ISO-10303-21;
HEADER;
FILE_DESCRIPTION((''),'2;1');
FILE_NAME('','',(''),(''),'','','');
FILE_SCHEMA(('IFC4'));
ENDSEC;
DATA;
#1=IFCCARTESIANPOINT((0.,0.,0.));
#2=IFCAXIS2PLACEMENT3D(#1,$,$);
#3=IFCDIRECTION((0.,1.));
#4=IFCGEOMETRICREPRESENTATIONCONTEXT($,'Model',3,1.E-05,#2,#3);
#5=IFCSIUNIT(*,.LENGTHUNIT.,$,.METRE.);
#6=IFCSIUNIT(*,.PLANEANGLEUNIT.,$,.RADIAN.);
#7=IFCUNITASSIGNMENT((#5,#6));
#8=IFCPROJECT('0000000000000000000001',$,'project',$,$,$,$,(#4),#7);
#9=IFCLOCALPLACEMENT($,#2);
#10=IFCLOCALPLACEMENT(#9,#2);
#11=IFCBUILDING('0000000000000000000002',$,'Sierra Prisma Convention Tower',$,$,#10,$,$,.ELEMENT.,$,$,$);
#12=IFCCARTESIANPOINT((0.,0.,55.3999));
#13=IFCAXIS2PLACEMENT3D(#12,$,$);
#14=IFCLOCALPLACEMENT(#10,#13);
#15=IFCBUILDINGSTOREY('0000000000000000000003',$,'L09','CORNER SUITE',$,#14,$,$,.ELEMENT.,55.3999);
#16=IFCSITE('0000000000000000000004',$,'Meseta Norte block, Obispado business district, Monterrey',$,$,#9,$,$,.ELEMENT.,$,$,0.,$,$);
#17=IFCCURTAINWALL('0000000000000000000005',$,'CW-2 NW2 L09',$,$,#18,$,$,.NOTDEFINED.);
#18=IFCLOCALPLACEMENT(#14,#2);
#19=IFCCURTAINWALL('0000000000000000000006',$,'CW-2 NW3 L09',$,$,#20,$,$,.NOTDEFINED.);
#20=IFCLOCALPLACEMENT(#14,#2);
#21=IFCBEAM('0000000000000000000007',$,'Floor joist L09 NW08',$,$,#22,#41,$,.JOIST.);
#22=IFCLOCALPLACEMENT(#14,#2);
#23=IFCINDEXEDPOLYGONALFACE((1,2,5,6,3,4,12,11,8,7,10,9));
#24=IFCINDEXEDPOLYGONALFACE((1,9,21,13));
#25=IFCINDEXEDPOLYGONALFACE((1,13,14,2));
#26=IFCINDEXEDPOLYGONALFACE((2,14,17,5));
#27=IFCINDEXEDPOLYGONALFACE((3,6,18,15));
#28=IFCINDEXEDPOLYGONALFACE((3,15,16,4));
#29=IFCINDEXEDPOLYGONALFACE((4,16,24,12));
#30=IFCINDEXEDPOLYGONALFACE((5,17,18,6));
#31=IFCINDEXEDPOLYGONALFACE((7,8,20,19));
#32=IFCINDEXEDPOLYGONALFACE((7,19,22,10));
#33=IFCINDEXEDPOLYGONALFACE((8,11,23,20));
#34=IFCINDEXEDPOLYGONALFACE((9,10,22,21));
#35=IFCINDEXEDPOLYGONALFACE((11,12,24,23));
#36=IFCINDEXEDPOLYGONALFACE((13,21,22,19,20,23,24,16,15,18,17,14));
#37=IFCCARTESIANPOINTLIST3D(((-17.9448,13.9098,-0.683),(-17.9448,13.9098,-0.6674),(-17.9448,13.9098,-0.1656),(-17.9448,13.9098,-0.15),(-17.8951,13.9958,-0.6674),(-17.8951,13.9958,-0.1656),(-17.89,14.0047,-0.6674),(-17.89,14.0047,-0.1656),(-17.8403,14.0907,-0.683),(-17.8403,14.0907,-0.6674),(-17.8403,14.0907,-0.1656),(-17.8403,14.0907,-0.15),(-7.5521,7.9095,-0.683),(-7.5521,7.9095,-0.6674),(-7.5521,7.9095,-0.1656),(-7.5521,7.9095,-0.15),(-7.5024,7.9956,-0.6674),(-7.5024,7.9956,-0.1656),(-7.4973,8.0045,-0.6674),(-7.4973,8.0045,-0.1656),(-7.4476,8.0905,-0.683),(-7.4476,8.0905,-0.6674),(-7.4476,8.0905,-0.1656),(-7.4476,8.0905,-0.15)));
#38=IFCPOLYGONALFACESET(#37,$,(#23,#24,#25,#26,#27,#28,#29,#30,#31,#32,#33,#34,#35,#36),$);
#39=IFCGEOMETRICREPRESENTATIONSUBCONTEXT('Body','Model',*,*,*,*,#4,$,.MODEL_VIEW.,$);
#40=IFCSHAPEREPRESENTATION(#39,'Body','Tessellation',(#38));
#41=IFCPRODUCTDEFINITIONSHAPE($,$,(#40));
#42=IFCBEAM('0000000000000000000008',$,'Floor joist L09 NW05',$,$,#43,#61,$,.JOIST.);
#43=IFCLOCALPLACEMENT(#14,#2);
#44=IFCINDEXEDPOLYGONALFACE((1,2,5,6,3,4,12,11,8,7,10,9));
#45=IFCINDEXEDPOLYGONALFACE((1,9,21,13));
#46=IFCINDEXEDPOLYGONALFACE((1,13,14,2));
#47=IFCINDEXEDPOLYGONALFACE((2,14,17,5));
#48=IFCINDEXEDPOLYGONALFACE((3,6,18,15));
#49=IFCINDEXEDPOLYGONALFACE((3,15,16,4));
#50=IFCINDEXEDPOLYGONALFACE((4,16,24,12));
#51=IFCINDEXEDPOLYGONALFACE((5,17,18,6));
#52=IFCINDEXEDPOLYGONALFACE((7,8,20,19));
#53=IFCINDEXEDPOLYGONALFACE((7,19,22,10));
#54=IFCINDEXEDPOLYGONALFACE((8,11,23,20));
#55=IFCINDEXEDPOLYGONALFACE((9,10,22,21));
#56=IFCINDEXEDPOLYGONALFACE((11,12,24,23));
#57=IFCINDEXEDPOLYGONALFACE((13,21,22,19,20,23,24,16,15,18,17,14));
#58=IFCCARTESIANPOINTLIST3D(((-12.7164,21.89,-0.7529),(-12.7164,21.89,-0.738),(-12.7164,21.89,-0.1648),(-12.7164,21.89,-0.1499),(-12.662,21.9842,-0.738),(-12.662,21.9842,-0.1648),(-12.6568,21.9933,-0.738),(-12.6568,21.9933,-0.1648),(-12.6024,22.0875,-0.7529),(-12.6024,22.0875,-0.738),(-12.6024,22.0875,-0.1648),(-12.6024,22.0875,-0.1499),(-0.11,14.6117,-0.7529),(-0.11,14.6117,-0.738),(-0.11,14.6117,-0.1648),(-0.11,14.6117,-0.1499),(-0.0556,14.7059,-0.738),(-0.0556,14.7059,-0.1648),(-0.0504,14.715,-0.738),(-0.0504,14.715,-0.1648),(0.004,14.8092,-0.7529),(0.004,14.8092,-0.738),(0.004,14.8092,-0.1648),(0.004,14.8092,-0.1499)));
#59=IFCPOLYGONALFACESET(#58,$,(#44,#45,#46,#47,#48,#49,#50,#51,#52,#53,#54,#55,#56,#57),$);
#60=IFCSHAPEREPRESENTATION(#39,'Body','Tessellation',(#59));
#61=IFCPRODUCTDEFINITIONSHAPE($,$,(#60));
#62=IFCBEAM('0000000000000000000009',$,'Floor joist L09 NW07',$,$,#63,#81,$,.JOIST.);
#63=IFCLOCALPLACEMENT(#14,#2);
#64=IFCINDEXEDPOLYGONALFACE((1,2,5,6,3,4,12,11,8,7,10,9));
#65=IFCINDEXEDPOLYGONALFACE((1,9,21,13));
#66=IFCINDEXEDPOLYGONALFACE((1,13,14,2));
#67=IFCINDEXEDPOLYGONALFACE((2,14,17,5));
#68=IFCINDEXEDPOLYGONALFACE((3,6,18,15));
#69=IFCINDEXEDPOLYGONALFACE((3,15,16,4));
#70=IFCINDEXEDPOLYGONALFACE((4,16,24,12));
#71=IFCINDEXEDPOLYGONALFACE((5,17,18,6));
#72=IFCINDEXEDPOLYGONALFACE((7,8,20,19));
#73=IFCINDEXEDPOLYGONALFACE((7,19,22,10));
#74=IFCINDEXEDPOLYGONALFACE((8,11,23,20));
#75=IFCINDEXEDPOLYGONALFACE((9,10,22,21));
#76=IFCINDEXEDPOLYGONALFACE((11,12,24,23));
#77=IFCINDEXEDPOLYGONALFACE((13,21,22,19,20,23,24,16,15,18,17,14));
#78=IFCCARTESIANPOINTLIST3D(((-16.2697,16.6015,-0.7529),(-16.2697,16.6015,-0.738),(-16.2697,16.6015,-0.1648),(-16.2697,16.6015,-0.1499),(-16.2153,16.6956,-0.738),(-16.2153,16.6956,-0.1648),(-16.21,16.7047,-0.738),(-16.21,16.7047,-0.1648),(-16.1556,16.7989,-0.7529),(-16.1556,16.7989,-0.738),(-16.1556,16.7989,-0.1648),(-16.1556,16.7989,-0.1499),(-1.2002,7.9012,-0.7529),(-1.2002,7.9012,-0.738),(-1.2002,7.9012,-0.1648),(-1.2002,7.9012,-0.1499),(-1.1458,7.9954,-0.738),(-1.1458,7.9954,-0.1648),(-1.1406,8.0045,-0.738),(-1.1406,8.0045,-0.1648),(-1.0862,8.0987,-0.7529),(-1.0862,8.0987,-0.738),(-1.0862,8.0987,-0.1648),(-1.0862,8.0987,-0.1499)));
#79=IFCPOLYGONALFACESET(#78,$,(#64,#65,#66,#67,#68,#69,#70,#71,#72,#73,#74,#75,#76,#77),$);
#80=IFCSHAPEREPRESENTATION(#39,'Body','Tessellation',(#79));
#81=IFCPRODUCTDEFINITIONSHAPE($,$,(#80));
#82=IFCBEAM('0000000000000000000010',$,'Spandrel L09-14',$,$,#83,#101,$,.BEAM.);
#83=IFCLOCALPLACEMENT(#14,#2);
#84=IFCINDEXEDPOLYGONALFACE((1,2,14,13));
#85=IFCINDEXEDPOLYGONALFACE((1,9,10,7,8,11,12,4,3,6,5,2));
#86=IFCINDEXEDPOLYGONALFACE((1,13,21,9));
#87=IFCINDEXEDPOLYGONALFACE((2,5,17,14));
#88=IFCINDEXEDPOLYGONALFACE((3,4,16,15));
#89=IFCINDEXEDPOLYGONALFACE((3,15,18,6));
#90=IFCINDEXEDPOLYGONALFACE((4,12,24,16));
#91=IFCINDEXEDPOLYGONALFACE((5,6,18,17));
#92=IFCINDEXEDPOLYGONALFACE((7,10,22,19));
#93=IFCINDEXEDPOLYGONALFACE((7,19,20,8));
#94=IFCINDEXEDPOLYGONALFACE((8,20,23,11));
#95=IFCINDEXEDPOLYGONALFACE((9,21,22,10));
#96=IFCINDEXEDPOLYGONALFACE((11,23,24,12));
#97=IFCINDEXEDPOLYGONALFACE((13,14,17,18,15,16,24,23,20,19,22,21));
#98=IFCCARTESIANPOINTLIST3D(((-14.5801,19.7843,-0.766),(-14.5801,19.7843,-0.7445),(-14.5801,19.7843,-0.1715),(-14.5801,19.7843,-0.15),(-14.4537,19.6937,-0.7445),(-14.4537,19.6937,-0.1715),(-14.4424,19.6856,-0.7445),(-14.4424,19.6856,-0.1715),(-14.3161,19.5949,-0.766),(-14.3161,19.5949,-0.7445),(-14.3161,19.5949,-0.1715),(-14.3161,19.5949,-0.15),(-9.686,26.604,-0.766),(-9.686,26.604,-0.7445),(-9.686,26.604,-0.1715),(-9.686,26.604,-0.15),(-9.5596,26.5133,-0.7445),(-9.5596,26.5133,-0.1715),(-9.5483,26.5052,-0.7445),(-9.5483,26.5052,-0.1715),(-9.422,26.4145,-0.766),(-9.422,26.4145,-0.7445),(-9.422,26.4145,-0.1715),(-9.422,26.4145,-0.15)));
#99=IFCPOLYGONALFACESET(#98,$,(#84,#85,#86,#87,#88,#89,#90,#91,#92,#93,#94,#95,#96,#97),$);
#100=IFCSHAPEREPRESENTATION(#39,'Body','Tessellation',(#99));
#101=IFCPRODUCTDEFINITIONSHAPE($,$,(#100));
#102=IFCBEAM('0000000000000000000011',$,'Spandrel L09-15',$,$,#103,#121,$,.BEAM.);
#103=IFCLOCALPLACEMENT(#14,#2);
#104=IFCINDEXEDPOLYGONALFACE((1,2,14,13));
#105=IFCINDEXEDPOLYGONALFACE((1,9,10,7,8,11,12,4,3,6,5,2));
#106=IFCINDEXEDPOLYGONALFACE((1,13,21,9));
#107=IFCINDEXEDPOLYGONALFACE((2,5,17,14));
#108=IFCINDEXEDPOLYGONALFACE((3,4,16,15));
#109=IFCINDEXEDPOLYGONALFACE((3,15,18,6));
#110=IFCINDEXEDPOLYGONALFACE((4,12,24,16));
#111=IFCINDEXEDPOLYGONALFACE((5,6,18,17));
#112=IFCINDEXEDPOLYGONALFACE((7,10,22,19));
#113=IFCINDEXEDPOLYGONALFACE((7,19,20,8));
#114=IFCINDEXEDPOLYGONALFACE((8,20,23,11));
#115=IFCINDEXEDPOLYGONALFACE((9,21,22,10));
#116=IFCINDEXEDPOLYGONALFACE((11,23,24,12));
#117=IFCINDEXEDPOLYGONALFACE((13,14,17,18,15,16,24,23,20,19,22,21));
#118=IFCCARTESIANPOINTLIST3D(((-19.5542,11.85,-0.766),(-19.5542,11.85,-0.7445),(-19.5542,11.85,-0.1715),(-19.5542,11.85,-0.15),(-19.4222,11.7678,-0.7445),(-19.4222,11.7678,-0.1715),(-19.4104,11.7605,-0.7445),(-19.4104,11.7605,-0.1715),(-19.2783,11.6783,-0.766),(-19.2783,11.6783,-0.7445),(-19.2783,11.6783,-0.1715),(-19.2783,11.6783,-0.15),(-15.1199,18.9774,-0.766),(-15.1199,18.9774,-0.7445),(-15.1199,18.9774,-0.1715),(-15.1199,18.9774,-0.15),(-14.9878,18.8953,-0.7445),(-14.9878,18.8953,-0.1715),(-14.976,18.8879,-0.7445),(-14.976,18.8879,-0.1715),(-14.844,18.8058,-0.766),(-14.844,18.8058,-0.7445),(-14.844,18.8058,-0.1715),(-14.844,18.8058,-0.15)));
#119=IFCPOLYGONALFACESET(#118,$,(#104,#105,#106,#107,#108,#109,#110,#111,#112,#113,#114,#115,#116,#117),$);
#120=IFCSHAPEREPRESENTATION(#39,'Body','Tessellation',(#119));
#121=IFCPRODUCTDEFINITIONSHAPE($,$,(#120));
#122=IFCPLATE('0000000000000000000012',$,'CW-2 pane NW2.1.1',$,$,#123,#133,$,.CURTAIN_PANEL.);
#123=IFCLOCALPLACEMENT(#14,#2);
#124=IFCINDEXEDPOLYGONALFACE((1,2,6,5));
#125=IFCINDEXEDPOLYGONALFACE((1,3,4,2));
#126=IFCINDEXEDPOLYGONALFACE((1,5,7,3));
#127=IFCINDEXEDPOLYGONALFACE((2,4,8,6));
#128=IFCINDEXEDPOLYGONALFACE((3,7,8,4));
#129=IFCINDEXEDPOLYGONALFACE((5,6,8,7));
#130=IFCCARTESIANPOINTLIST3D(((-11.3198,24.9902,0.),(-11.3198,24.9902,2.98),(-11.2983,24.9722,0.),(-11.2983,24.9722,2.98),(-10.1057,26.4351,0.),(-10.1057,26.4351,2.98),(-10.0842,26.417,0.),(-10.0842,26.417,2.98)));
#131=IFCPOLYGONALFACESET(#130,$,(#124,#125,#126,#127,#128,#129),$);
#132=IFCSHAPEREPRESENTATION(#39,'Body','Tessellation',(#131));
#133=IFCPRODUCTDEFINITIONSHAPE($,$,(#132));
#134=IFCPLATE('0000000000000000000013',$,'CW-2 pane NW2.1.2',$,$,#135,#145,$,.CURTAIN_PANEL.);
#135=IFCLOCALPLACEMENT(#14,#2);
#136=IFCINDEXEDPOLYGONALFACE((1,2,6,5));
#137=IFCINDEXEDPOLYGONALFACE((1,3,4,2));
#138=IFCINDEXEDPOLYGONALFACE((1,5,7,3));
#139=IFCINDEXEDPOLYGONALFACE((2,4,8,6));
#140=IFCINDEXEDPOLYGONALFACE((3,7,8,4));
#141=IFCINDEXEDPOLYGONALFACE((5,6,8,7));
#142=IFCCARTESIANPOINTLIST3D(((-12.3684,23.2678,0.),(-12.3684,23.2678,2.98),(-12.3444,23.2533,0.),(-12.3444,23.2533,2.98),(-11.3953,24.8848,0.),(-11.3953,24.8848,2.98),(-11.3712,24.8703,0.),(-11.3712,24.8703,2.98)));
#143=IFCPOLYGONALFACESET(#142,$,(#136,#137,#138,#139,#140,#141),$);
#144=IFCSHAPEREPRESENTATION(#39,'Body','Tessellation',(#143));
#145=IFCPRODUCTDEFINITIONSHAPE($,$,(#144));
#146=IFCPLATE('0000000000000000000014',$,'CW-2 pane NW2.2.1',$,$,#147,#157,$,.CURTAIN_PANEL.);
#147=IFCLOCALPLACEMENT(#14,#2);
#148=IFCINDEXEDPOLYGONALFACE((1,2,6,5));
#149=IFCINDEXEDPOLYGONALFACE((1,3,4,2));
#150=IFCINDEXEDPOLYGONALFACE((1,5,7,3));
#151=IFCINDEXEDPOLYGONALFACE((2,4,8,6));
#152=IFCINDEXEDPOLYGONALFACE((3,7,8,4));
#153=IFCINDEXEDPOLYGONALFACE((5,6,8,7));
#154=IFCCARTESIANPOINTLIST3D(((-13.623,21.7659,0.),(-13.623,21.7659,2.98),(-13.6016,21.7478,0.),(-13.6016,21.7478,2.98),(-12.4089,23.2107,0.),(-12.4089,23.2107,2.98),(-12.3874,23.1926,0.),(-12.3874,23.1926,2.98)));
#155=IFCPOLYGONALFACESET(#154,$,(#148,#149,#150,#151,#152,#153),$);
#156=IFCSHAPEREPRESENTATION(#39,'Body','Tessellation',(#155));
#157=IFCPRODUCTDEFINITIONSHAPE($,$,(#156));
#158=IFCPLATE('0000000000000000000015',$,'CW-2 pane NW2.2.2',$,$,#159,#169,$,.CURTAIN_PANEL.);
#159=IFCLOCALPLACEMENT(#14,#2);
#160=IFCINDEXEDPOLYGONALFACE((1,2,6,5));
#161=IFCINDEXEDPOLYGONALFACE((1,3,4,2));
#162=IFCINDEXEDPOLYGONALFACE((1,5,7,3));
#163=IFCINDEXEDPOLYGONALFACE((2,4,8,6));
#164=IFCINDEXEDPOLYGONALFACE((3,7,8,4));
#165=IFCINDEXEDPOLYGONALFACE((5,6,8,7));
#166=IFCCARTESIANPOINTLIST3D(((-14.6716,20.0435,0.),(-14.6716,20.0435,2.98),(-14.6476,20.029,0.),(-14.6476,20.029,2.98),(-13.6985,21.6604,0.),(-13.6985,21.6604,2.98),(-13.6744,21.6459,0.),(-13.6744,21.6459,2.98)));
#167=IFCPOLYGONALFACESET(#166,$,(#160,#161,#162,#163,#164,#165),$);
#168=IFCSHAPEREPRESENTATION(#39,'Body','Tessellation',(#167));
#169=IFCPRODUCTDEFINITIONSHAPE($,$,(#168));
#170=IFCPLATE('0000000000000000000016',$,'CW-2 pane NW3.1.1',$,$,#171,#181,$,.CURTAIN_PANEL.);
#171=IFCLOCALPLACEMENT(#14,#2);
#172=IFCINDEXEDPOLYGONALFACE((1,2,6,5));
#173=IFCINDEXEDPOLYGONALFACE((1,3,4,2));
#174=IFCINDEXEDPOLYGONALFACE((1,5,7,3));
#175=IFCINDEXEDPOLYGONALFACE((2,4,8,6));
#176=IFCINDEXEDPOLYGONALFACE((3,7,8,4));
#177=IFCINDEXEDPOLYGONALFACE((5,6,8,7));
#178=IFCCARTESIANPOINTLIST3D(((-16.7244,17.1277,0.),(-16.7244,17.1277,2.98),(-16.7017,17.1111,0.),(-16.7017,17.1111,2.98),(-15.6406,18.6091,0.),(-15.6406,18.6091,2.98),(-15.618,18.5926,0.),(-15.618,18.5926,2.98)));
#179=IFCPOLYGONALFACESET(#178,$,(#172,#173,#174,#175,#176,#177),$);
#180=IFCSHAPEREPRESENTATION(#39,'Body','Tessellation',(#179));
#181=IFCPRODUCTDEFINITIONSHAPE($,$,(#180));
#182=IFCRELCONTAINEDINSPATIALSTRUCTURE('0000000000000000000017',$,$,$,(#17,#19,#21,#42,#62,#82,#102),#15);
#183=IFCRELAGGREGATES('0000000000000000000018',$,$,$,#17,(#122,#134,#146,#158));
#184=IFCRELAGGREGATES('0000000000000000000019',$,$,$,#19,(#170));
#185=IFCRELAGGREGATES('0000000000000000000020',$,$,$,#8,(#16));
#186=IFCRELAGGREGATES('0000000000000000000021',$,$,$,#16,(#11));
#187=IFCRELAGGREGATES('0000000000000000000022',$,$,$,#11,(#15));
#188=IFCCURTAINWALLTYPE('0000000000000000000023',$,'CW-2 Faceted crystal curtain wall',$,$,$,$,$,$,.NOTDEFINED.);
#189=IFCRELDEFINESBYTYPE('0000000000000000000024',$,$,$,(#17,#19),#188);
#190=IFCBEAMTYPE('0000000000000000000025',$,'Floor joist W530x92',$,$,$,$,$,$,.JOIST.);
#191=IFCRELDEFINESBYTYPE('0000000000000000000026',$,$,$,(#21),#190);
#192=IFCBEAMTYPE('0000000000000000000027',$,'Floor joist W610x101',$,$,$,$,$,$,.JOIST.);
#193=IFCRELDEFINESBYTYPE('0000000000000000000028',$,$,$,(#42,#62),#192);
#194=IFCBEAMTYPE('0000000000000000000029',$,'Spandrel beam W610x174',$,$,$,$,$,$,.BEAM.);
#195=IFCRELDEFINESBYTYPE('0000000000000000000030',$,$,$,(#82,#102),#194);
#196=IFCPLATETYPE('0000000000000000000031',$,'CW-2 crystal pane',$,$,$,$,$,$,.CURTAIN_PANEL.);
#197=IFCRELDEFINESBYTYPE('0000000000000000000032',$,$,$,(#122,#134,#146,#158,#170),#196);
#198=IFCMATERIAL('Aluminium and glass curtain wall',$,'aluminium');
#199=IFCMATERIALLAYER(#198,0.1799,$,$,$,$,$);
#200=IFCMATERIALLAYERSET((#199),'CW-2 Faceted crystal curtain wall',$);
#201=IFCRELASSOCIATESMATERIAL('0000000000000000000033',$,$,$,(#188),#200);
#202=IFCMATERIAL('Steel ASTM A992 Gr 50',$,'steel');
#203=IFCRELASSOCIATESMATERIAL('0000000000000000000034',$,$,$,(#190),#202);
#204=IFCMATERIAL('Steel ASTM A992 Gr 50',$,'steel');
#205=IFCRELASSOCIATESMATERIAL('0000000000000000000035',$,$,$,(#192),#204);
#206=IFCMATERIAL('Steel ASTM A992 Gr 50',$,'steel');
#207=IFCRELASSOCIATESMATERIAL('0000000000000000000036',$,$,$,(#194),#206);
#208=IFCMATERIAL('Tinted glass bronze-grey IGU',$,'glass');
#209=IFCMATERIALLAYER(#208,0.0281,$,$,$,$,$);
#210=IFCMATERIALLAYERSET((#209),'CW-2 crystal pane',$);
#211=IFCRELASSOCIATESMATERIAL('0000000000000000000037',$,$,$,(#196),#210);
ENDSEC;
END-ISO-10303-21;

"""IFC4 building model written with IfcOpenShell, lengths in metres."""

from ifc_helpers import new_model, si_unit, direction, frame, origin, origin_2d, place, context, subcontext, project, spatial, polyline, i_section, outline, extrude, material, layer, layer_set, material_profile, profile_set, type_object, element, aggregate, save


model = new_model("IFC4")

# Units and contexts
model_context = context("Model", 3, precision=1e-05, world=origin(), true_north=direction((0.0, 1.0)))
body_context = subcontext(model_context, "Body", "Model", "MODEL_VIEW")
ifc_project = project(units=[si_unit("LENGTHUNIT", "METRE"), si_unit("PLANEANGLEUNIT", "RADIAN")], contexts=[model_context])

# Site, building, storey
site_placement = place(None, origin())
site = spatial("IfcSite", under=ifc_project, at=site_placement, Name="Meseta Norte block, Obispado business district, Monterrey", CompositionType="ELEMENT", RefElevation=0.0)
building_placement = place(site_placement, origin())
building = spatial("IfcBuilding", under=site, at=building_placement, Name="Sierra Prisma Convention Tower", CompositionType="ELEMENT")
storey_placement = place(building_placement, frame((0.0, 0.0, 55.3999)))
storey = spatial("IfcBuildingStorey", under=building, at=storey_placement, Name="L09", Description="CORNER SUITE", CompositionType="ELEMENT", Elevation=55.3999)

# Curtain walls
ifc_material_1 = material(Name="Aluminium and glass curtain wall", Category="aluminium")
ifc_layer_1 = layer(ifc_material_1, 0.1799)
ifc_layer_set_1 = layer_set([ifc_layer_1], Name="CW-2 Faceted crystal curtain wall")
curtain_wall_type = type_object("IfcCurtainWallType", Name="CW-2 Faceted crystal curtain wall", PredefinedType="NOTDEFINED", material=ifc_layer_set_1)
curtain_wall_1_placement = place(storey_placement, origin())
curtain_wall_1 = element("IfcCurtainWall", 1, at=curtain_wall_1_placement, inside=storey, type_object=curtain_wall_type, Name="CW-2 NW2 L09", PredefinedType="NOTDEFINED")
curtain_wall_2_placement = place(storey_placement, origin())
curtain_wall_2 = element("IfcCurtainWall", 2, at=curtain_wall_2_placement, inside=storey, type_object=curtain_wall_type, Name="CW-2 NW3 L09", PredefinedType="NOTDEFINED")

# Beams
ifc_material_2 = material(Name="Steel ASTM A992 Gr 50", Category="steel")
ifc_material_profile_1 = material_profile(ifc_material_2, i_section(OverallWidth=0.209, OverallDepth=0.533, WebThickness=0.0103, FlangeThickness=0.0156, at=origin_2d()), Name="W530x92")
ifc_profile_set_1 = profile_set([ifc_material_profile_1], Name="Steel ASTM A992 Gr 50")
beam_type_1 = type_object("IfcBeamType", Name="Floor joist W530x92", PredefinedType="JOIST", material=ifc_profile_set_1)
beam_1_placement = place(storey_placement, frame((-17.8926, 14.0002, -0.4165), z_axis=(0.866027, -0.499997, 0.0), x_axis=(0.499997, 0.866027, 0.0)))
element("IfcBeam", 3, at=beam_1_placement, inside=storey, type_object=beam_type_1, Name="Floor joist L09 NW08", PredefinedType="JOIST", context=body_context, shape_type="SweptSolid", body=[
    extrude(i_section(OverallWidth=0.209, OverallDepth=0.533, WebThickness=0.0103, FlangeThickness=0.0156, at=origin_2d()), origin(), (0.0, 0.0, 1.0), 12.0005),
])
ifc_material_3 = material(Name="Steel ASTM A992 Gr 50", Category="steel")
ifc_material_profile_2 = material_profile(ifc_material_3, i_section(OverallWidth=0.228, OverallDepth=0.603, WebThickness=0.0105, FlangeThickness=0.0149, at=origin_2d()), Name="W610x101")
ifc_profile_set_2 = profile_set([ifc_material_profile_2], Name="Steel ASTM A992 Gr 50")
beam_type_2 = type_object("IfcBeamType", Name="Floor joist W610x101", PredefinedType="JOIST", material=ifc_profile_set_2)
beam_2_placement = place(storey_placement, frame((-12.6594, 21.9888, -0.4514), z_axis=(0.866026, -0.499999, 0.0), x_axis=(0.499999, 0.866026, 0.0)))
element("IfcBeam", 4, at=beam_2_placement, inside=storey, type_object=beam_type_2, Name="Floor joist L09 NW05", PredefinedType="JOIST", context=body_context, shape_type="SweptSolid", body=[
    extrude(i_section(OverallWidth=0.228, OverallDepth=0.603, WebThickness=0.0105, FlangeThickness=0.0149, at=origin_2d()), origin(), (0.0, 0.0, 1.0), 14.5566),
])
beam_3_placement = place(storey_placement, frame((-16.2126, 16.7002, -0.4514), z_axis=(0.866028, -0.499996, 0.0), x_axis=(0.499996, 0.866028, 0.0)))
element("IfcBeam", 5, at=beam_3_placement, inside=storey, type_object=beam_type_2, Name="Floor joist L09 NW07", PredefinedType="JOIST", context=body_context, shape_type="SweptSolid", body=[
    extrude(i_section(OverallWidth=0.228, OverallDepth=0.603, WebThickness=0.0105, FlangeThickness=0.0149, at=origin_2d()), origin(), (0.0, 0.0, 1.0), 17.4006),
])
ifc_material_4 = material(Name="Steel ASTM A992 Gr 50", Category="steel")
ifc_material_profile_3 = material_profile(ifc_material_4, i_section(OverallWidth=0.325, OverallDepth=0.616, WebThickness=0.0139, FlangeThickness=0.0215, at=origin_2d()), Name="W610x174")
ifc_profile_set_3 = profile_set([ifc_material_profile_3], Name="Steel ASTM A992 Gr 50")
beam_type_3 = type_object("IfcBeamType", Name="Spandrel beam W610x174", PredefinedType="BEAM", material=ifc_profile_set_3)
beam_4_placement = place(storey_placement, frame((-9.554, 26.5093, -0.458), z_axis=(-0.583044, -0.81244, 0.0), x_axis=(0.81244, -0.583044, 0.0)))
element("IfcBeam", 6, at=beam_4_placement, inside=storey, type_object=beam_type_3, Name="Spandrel L09-14", PredefinedType="BEAM", context=body_context, shape_type="SweptSolid", body=[
    extrude(i_section(OverallWidth=0.325, OverallDepth=0.616, WebThickness=0.0139, FlangeThickness=0.0215, at=origin_2d()), origin(), (0.0, 0.0, 1.0), 8.394),
])
beam_5_placement = place(storey_placement, frame((-14.9819, 18.8916, -0.458), z_axis=(-0.528257, -0.849085, 0.0), x_axis=(0.849085, -0.528257, 0.0)))
element("IfcBeam", 7, at=beam_5_placement, inside=storey, type_object=beam_type_3, Name="Spandrel L09-15", PredefinedType="BEAM", context=body_context, shape_type="SweptSolid", body=[
    extrude(i_section(OverallWidth=0.325, OverallDepth=0.616, WebThickness=0.0139, FlangeThickness=0.0215, at=origin_2d()), origin(), (0.0, 0.0, 1.0), 8.3943),
])

# Plates
ifc_material_5 = material(Name="Tinted glass bronze-grey IGU", Category="glass")
ifc_layer_2 = layer(ifc_material_5, 0.0281)
ifc_layer_set_2 = layer_set([ifc_layer_2], Name="CW-2 crystal pane")
plate_type = type_object("IfcPlateType", Name="CW-2 crystal pane", PredefinedType="CURTAIN_PANEL", material=ifc_layer_set_2)
plate_1_placement = place(storey_placement, frame((-10.1057, 26.4351, 0.0), z_axis=(-0.765585, 0.643335, 0.0), x_axis=(-0.643335, -0.765585, 0.0)))
plate_1 = element("IfcPlate", 8, at=plate_1_placement, type_object=plate_type, Name="CW-2 pane NW2.1.1", PredefinedType="CURTAIN_PANEL", context=body_context, shape_type="SweptSolid", body=[
    extrude(outline(polyline([(0.0, 0.0), (1.8872, 0.0), (1.8872, 2.98), (0.0, 2.98), (0.0, 0.0)])), origin(), (0.0, 0.0, -1.0), 0.0281),
])
plate_2_placement = place(storey_placement, frame((-12.3684, 23.2678, 0.0), z_axis=(-0.856796, 0.515656, 0.0), x_axis=(0.515656, 0.856796, 0.0)))
plate_2 = element("IfcPlate", 9, at=plate_2_placement, type_object=plate_type, Name="CW-2 pane NW2.1.2", PredefinedType="CURTAIN_PANEL", context=body_context, shape_type="SweptSolid", body=[
    extrude(outline(polyline([(0.0, 0.0), (1.8872, 0.0), (1.8872, -2.98), (0.0, -2.98), (0.0, 0.0)])), origin(), (0.0, 0.0, -1.0), 0.0281),
])
plate_3_placement = place(storey_placement, frame((-12.4089, 23.2107, 0.0), z_axis=(-0.765585, 0.643335, 0.0), x_axis=(-0.643335, -0.765585, 0.0)))
plate_3 = element("IfcPlate", 10, at=plate_3_placement, type_object=plate_type, Name="CW-2 pane NW2.2.1", PredefinedType="CURTAIN_PANEL", context=body_context, shape_type="SweptSolid", body=[
    extrude(outline(polyline([(0.0, 0.0), (1.8872, 0.0), (1.8872, 2.98), (0.0, 2.98), (0.0, 0.0)])), origin(), (0.0, 0.0, -1.0), 0.0281),
])
plate_4_placement = place(storey_placement, frame((-14.6716, 20.0435, 0.0), z_axis=(-0.856796, 0.515656, 0.0), x_axis=(0.515656, 0.856796, 0.0)))
plate_4 = element("IfcPlate", 11, at=plate_4_placement, type_object=plate_type, Name="CW-2 pane NW2.2.2", PredefinedType="CURTAIN_PANEL", context=body_context, shape_type="SweptSolid", body=[
    extrude(outline(polyline([(0.0, 0.0), (1.8872, 0.0), (1.8872, -2.98), (0.0, -2.98), (0.0, 0.0)])), origin(), (0.0, 0.0, -1.0), 0.0281),
])
aggregate(curtain_wall_1, [plate_1, plate_2, plate_3, plate_4])
plate_5_placement = place(storey_placement, frame((-15.6406, 18.6091, 0.0), z_axis=(-0.807094, 0.590423, 0.0), x_axis=(-0.590423, -0.807094, 0.0)))
plate_5 = element("IfcPlate", 12, at=plate_5_placement, type_object=plate_type, Name="CW-2 pane NW3.1.1", PredefinedType="CURTAIN_PANEL", context=body_context, shape_type="SweptSolid", body=[
    extrude(outline(polyline([(0.0, 0.0), (1.8355, 0.0), (1.8355, 2.98), (0.0, 2.98), (0.0, 0.0)])), origin(), (0.0, 0.0, -1.0), 0.0281),
])
aggregate(curtain_wall_2, [plate_5])

save(model, "model.ifc")
